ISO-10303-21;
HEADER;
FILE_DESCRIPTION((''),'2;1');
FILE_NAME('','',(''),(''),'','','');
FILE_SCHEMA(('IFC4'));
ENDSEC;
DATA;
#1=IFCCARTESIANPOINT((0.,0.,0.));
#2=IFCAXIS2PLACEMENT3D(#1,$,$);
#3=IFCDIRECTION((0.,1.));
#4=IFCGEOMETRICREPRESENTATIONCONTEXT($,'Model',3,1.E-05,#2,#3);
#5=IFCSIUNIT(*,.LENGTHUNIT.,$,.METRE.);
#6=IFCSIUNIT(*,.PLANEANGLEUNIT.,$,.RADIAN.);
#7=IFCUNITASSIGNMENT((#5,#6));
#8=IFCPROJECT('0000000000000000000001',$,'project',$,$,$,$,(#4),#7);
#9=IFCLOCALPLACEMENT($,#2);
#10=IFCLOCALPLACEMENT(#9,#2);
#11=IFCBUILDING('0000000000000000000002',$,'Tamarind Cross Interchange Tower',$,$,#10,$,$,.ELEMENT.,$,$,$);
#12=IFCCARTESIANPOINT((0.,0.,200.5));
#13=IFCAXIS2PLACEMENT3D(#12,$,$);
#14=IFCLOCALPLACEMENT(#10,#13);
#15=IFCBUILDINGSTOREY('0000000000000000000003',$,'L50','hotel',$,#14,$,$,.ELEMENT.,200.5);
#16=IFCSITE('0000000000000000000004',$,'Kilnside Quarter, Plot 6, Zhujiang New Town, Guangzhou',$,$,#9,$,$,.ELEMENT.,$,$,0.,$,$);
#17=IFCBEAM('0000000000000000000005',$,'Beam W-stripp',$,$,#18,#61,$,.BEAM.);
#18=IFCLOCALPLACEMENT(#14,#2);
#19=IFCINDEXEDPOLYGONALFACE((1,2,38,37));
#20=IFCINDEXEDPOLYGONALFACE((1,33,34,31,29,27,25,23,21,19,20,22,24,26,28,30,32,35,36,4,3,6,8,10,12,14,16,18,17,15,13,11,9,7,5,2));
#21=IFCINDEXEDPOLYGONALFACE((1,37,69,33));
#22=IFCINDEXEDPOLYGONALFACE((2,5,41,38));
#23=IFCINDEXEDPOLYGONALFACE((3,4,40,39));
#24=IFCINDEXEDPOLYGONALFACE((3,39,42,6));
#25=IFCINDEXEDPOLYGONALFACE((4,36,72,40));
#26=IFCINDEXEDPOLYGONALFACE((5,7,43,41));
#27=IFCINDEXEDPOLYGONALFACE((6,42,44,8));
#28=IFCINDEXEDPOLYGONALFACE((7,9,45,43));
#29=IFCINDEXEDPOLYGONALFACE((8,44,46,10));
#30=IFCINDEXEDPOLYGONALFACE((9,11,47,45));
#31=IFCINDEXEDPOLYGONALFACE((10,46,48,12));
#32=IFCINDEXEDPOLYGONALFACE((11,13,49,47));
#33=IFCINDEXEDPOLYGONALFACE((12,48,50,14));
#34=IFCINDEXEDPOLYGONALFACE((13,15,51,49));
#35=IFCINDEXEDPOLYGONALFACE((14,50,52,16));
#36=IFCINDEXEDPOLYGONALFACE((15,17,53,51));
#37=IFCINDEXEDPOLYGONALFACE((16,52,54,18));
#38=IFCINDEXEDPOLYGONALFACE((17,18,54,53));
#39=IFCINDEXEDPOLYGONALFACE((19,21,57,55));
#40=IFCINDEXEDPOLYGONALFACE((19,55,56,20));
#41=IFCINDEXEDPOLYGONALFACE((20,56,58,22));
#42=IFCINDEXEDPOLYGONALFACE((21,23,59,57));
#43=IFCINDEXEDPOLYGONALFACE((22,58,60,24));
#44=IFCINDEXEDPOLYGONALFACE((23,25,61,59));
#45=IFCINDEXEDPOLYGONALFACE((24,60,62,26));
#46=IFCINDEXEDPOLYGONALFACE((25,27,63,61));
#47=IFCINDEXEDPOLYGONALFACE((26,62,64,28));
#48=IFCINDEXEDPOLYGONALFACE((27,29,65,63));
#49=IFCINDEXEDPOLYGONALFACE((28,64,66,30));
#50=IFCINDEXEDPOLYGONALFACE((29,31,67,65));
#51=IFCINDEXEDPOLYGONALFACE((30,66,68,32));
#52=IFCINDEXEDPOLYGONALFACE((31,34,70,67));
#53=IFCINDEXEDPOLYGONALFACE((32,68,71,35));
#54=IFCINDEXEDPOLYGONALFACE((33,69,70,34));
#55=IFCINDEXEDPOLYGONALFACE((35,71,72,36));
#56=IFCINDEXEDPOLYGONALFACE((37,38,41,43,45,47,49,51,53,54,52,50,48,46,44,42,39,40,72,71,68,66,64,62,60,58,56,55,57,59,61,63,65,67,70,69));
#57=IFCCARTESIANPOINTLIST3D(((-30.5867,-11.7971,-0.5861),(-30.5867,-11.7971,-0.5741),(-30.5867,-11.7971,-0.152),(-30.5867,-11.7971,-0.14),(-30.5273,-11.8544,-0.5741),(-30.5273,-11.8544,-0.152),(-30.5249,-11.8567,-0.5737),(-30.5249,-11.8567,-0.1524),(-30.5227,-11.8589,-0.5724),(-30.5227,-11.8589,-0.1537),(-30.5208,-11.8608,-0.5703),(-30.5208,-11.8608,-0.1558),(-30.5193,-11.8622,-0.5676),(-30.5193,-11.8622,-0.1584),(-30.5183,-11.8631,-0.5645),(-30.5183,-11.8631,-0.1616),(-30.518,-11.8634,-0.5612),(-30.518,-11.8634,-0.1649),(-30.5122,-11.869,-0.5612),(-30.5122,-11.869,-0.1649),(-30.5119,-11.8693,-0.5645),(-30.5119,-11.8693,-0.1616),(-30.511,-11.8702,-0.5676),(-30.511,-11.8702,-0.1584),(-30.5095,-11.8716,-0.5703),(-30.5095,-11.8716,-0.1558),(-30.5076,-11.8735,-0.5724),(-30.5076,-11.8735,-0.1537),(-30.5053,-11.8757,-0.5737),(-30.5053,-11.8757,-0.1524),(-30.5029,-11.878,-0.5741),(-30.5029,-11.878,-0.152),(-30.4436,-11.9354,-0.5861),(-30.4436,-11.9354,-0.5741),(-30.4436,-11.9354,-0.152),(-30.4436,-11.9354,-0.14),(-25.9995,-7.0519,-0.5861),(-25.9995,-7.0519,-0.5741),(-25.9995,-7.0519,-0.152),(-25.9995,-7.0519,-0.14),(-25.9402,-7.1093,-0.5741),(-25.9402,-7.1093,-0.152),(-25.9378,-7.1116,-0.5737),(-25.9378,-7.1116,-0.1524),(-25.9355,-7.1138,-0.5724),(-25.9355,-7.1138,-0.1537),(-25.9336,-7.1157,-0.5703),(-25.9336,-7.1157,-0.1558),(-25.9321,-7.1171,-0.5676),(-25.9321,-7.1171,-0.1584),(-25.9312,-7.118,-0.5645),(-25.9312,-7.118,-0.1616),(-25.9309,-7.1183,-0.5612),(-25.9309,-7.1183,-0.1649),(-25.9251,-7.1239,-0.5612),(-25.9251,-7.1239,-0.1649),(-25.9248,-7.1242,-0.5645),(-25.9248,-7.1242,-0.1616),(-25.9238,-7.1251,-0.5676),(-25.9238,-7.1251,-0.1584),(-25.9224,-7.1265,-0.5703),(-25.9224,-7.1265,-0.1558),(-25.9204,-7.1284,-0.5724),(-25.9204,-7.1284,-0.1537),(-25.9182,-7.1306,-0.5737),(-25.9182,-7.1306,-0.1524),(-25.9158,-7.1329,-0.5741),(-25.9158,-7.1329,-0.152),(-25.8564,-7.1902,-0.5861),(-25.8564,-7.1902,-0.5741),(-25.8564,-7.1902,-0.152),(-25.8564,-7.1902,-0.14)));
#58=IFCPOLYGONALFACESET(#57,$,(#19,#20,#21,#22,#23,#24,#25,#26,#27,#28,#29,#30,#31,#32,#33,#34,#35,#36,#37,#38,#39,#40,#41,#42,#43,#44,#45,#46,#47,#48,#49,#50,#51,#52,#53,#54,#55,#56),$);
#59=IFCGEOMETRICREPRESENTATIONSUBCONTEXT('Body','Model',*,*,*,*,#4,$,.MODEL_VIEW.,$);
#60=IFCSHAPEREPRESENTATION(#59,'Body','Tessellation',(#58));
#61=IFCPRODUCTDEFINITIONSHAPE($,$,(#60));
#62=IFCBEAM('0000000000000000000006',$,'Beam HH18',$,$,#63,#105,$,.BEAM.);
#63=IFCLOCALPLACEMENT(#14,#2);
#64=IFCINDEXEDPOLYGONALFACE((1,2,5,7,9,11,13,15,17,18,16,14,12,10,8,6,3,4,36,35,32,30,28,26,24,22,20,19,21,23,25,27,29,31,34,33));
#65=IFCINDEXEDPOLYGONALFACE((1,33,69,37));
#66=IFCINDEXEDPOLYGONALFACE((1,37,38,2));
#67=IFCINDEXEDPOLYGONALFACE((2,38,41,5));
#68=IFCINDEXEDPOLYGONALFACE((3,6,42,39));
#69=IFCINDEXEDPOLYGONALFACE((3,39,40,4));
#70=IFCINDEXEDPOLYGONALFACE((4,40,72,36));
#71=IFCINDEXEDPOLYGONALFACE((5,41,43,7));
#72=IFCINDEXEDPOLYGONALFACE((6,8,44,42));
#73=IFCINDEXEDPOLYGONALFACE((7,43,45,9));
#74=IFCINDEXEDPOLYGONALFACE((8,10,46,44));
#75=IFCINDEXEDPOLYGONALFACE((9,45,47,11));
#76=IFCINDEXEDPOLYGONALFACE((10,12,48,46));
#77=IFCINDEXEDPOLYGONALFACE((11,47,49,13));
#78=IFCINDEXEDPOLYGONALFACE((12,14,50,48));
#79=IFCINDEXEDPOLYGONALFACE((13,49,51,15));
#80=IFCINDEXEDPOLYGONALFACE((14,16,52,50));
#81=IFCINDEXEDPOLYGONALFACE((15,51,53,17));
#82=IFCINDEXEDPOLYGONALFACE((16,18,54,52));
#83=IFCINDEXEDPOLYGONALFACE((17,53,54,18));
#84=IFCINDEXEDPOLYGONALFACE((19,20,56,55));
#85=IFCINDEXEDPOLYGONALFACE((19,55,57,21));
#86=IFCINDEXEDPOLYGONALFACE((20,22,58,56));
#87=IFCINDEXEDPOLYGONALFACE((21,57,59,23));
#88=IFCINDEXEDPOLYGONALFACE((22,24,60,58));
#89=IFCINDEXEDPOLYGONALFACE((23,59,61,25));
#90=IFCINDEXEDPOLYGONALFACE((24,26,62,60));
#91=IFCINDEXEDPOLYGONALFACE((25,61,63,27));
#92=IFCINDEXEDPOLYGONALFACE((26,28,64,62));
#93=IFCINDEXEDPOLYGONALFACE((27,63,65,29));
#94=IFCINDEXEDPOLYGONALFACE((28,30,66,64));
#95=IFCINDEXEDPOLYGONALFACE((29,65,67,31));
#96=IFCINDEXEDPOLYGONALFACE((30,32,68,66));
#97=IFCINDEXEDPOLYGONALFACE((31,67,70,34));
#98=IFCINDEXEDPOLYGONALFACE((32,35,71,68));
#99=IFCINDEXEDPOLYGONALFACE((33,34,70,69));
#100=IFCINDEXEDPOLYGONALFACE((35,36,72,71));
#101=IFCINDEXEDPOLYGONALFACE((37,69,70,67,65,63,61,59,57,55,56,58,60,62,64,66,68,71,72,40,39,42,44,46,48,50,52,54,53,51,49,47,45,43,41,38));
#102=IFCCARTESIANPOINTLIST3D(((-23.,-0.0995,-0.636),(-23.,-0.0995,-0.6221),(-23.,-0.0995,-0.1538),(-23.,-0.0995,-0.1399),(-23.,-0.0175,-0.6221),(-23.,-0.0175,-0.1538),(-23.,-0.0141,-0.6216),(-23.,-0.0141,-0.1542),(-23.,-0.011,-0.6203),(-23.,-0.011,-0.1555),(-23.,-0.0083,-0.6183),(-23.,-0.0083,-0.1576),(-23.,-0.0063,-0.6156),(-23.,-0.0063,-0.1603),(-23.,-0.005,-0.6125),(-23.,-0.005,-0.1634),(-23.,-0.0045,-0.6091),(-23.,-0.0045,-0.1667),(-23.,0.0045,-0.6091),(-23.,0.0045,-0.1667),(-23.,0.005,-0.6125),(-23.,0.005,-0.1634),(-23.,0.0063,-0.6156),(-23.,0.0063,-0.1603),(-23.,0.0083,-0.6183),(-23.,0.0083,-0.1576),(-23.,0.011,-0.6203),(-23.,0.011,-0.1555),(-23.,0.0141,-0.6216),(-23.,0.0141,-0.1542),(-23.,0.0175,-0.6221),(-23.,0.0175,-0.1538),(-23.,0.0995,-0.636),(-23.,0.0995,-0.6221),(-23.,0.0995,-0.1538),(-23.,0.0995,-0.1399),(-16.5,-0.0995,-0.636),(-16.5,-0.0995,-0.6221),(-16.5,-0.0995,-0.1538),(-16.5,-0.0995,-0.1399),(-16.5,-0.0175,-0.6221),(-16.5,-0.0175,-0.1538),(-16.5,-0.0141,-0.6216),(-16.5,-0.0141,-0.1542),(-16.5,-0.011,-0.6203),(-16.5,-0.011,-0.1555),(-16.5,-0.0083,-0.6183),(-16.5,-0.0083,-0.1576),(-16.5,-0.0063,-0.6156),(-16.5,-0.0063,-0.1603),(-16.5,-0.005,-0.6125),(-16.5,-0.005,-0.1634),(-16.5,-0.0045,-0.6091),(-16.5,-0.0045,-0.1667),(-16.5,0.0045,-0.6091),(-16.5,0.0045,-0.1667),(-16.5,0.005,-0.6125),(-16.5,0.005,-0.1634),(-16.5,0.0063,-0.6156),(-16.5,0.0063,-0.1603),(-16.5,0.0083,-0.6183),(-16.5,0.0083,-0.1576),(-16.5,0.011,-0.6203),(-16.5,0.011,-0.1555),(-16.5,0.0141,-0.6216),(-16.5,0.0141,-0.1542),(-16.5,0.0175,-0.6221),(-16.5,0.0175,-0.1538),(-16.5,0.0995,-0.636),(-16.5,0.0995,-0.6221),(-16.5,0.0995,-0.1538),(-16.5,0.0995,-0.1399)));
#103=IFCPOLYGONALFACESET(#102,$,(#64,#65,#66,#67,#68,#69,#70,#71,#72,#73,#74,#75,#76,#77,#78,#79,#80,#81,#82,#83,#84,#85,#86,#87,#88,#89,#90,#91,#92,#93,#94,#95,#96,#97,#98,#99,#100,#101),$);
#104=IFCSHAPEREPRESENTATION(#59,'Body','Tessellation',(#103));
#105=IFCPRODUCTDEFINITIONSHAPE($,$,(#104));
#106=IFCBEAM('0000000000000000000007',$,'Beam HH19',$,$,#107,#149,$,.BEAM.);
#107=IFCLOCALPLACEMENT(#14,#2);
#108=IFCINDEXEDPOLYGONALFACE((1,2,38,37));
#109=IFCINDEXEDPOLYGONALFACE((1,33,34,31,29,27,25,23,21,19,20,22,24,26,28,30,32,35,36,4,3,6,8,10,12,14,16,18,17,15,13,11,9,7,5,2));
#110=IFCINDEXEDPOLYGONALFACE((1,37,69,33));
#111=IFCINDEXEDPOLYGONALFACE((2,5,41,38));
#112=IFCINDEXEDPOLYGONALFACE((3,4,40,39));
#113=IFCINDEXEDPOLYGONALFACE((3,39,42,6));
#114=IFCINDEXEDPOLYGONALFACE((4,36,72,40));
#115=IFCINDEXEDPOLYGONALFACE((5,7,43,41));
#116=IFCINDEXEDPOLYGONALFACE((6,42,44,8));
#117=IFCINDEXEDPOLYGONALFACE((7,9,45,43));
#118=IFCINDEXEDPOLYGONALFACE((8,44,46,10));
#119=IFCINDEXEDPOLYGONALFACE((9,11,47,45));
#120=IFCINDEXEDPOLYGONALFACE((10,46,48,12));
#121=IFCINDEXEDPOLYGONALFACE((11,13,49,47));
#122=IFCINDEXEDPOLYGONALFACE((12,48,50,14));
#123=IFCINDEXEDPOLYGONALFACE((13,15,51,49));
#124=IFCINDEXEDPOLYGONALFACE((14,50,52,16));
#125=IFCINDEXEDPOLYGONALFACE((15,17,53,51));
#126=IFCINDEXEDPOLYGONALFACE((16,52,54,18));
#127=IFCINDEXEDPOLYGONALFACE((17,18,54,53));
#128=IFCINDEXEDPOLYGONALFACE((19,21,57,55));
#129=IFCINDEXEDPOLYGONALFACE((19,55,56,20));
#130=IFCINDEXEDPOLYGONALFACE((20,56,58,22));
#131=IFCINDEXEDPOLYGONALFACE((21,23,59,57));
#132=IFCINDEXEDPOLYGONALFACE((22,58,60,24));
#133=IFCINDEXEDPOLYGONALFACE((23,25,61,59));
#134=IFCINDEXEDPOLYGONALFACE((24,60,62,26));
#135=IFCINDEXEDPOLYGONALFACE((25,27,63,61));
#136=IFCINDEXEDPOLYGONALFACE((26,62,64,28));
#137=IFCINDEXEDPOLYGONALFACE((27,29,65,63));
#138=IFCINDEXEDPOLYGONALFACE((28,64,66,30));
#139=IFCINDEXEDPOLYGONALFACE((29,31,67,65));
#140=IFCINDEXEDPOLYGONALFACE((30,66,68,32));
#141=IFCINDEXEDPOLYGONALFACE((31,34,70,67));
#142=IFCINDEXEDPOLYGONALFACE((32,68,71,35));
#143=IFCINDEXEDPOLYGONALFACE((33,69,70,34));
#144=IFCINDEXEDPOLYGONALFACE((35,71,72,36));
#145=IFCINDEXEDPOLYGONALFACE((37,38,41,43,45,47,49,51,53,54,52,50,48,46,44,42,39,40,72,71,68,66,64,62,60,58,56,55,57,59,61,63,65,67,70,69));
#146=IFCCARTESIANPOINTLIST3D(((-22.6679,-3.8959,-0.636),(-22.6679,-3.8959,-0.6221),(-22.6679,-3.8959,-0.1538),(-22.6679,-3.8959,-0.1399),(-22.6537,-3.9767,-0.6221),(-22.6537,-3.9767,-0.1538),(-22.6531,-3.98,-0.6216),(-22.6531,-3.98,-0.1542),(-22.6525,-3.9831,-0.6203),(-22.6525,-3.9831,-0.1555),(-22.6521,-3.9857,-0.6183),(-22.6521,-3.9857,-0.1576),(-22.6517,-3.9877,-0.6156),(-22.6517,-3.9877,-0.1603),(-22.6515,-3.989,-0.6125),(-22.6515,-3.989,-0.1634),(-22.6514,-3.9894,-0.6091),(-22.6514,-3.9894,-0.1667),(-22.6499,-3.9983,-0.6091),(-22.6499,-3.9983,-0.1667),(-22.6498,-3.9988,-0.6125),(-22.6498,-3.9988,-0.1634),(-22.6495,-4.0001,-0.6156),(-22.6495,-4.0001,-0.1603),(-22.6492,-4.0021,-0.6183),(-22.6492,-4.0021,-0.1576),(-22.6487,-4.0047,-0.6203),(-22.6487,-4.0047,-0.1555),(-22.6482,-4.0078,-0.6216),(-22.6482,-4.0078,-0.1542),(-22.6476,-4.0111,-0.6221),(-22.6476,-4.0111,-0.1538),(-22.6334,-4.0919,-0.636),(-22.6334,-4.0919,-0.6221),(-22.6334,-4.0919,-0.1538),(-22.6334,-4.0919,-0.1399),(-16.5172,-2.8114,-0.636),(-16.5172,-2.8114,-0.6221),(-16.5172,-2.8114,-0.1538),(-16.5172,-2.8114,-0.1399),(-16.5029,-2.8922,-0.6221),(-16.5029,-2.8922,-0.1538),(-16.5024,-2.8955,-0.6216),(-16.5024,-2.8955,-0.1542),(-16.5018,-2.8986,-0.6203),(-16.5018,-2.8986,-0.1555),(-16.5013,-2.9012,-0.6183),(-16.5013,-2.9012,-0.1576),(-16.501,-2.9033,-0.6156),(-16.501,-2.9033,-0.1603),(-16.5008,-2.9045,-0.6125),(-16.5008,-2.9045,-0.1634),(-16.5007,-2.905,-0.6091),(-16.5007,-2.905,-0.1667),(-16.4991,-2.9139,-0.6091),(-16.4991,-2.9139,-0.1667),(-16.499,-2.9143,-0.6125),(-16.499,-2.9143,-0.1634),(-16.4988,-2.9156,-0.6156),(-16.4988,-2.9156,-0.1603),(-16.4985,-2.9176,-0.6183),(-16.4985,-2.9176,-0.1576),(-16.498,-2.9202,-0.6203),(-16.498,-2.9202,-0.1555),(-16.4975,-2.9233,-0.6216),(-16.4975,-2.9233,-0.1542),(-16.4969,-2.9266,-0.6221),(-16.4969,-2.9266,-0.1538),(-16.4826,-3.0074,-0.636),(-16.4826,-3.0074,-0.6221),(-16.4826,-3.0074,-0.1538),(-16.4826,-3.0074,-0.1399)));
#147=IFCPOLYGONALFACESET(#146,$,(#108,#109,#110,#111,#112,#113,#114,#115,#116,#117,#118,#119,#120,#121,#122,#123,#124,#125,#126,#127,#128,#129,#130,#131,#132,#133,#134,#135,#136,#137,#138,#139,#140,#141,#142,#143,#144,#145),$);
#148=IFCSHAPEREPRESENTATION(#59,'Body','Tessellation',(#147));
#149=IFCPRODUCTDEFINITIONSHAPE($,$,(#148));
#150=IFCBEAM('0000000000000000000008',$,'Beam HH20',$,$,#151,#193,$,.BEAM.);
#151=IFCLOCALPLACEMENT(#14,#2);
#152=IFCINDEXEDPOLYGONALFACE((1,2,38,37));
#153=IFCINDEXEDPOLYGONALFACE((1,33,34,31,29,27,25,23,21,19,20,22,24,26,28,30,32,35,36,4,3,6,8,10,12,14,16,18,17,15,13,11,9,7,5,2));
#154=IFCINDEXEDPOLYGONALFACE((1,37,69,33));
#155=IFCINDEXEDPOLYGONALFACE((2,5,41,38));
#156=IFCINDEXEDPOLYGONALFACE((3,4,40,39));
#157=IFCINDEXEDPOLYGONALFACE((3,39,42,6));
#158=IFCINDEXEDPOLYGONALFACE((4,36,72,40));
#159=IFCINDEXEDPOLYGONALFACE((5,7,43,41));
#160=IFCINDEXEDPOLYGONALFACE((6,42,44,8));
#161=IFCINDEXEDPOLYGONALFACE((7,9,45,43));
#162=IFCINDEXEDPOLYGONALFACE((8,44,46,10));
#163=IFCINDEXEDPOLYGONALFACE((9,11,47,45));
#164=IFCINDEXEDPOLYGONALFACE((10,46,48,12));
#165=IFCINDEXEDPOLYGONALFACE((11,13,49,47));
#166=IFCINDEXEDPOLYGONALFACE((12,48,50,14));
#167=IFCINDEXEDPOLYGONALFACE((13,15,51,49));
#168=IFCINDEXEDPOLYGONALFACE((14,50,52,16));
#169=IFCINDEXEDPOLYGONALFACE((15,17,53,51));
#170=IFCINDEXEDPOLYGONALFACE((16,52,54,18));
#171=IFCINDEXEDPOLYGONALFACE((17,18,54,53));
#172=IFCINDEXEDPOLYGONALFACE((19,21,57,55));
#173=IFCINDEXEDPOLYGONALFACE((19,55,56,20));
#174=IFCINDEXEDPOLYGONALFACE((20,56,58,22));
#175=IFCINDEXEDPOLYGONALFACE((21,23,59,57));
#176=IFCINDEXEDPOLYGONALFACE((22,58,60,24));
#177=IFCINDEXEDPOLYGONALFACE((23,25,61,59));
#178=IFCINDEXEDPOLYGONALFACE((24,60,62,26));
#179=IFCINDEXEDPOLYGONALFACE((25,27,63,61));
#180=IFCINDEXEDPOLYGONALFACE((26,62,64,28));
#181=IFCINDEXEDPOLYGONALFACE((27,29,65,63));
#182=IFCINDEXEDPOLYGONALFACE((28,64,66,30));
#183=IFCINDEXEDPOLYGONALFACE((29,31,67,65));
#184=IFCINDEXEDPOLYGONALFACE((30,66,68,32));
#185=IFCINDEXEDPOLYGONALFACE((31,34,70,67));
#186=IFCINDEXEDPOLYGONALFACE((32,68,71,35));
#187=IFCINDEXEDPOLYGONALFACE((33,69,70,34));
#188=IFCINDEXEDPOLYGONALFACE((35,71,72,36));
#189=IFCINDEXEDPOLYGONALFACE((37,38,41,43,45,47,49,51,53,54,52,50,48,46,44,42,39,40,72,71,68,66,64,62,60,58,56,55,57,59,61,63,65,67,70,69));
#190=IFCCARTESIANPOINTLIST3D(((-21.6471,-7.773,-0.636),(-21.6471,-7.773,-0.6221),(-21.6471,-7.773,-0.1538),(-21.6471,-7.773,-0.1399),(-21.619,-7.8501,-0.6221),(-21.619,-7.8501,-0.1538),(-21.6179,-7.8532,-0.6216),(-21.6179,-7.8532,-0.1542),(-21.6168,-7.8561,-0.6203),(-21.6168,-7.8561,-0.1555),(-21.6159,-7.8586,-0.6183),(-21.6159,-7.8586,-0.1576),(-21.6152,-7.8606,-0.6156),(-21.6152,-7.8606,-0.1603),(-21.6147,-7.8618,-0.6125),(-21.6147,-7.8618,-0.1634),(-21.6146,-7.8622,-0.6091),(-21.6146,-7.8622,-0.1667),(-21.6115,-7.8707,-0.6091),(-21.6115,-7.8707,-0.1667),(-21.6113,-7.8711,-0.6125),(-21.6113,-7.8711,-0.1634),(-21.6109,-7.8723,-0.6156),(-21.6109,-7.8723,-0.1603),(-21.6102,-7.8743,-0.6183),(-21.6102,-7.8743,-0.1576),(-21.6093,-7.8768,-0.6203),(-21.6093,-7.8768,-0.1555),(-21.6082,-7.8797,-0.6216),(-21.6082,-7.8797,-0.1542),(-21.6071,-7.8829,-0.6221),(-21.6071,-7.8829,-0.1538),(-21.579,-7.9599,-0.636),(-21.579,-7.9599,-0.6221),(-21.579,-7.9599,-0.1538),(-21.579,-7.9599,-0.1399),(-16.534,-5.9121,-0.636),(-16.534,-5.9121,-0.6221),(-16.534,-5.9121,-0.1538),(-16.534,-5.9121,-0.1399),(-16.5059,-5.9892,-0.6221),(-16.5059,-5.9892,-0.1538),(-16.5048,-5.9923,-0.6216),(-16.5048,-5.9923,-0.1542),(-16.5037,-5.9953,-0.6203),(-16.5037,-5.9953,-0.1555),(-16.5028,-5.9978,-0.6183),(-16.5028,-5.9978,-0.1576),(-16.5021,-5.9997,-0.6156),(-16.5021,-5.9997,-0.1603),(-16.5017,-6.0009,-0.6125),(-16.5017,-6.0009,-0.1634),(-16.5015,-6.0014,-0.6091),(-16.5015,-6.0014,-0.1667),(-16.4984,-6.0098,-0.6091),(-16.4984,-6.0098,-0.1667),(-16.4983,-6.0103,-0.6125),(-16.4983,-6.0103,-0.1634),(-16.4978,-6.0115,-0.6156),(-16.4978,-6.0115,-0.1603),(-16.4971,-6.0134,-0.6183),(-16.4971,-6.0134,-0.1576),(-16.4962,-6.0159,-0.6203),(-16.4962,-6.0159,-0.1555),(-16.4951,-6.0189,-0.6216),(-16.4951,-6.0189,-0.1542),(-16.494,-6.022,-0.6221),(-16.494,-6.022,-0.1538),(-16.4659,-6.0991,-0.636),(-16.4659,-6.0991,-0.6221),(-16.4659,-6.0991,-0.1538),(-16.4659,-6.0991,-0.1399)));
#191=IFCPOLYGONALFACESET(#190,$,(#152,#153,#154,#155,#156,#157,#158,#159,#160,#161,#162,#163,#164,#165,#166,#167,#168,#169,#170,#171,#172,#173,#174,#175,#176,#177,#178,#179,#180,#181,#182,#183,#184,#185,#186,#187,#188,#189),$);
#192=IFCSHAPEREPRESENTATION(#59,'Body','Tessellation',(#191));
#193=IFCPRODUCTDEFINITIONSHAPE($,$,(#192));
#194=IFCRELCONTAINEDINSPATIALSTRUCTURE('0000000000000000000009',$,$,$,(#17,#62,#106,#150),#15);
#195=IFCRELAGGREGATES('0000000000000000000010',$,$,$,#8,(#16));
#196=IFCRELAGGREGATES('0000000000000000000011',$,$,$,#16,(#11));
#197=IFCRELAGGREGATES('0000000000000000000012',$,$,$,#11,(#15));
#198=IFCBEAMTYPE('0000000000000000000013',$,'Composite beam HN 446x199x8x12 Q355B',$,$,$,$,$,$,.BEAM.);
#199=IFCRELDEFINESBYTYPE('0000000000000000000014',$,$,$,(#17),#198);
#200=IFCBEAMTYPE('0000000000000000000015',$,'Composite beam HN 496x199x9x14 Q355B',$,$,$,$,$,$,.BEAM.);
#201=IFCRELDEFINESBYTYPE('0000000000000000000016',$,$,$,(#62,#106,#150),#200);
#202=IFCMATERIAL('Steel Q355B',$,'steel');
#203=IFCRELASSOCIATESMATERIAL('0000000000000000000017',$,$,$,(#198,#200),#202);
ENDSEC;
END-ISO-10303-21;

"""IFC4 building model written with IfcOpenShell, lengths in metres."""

from ifc_helpers import new_model, si_unit, direction, frame, origin, origin_2d, place, context, subcontext, project, spatial, i_section, extrude, material, material_profile, profile_set, type_object, element, save


model = new_model("IFC4")

# Units and contexts
model_context = context("Model", 3, precision=1e-05, world=origin(), true_north=direction((0.0, 1.0)))
body_context = subcontext(model_context, "Body", "Model", "MODEL_VIEW")
ifc_project = project(units=[si_unit("LENGTHUNIT", "METRE"), si_unit("PLANEANGLEUNIT", "RADIAN")], contexts=[model_context])

# Site, building, storey
site_placement = place(None, origin())
site = spatial("IfcSite", under=ifc_project, at=site_placement, Name="Kilnside Quarter, Plot 6, Zhujiang New Town, Guangzhou", CompositionType="ELEMENT", RefElevation=0.0)
building_placement = place(site_placement, origin())
building = spatial("IfcBuilding", under=site, at=building_placement, Name="Tamarind Cross Interchange Tower", CompositionType="ELEMENT")
storey_placement = place(building_placement, frame((0.0, 0.0, 200.5)))
storey = spatial("IfcBuildingStorey", under=building, at=storey_placement, Name="L50", Description="hotel", CompositionType="ELEMENT", Elevation=200.5)

# Beams
ifc_material_1 = material(Name="Steel Q355B", Category="steel")
ifc_material_profile_1 = material_profile(ifc_material_1, i_section(OverallWidth=0.199, OverallDepth=0.446, WebThickness=0.0081, FlangeThickness=0.012, FilletRadius=0.0129, at=origin_2d()), Name="HN 446x199x8x12")
ifc_profile_set_1 = profile_set([ifc_material_profile_1], Name="Steel Q355B")
beam_type_1 = type_object("IfcBeamType", Name="Composite beam HN 446x199x8x12 Q355B", PredefinedType="BEAM", material=ifc_profile_set_1)
beam_1_placement = place(storey_placement, frame((-25.928, -7.1211, -0.363), z_axis=(-0.695039, -0.718972, 0.0), x_axis=(0.718972, -0.695039, 0.0)))
element("IfcBeam", 1, at=beam_1_placement, inside=storey, type_object=beam_type_1, Name="Beam W-stripp", PredefinedType="BEAM", context=body_context, shape_type="SweptSolid", body=[
    extrude(i_section(OverallWidth=0.199, OverallDepth=0.446, WebThickness=0.0081, FlangeThickness=0.012, FilletRadius=0.0129, at=origin_2d()), origin(), (0.0, 0.0, 1.0), 6.5999),
])
ifc_material_profile_2 = material_profile(ifc_material_1, i_section(OverallWidth=0.199, OverallDepth=0.4961, WebThickness=0.009, FlangeThickness=0.0139, FilletRadius=0.0129, at=origin_2d()), Name="HN 496x199x9x14")
ifc_profile_set_2 = profile_set([ifc_material_profile_2], Name="Steel Q355B")
beam_type_2 = type_object("IfcBeamType", Name="Composite beam HN 496x199x9x14 Q355B", PredefinedType="BEAM", material=ifc_profile_set_2)
beam_2_placement = place(storey_placement, frame((-23.0, 0.0, -0.3879), z_axis=(1.0, 0.0, 0.0), x_axis=(0.0, 1.0, 0.0)))
element("IfcBeam", 2, at=beam_2_placement, inside=storey, type_object=beam_type_2, Name="Beam HH18", PredefinedType="BEAM", context=body_context, shape_type="SweptSolid", body=[
    extrude(i_section(OverallWidth=0.199, OverallDepth=0.4961, WebThickness=0.009, FlangeThickness=0.0139, FilletRadius=0.0129, at=origin_2d()), origin(), (0.0, 0.0, 1.0), 6.5),
])
beam_3_placement = place(storey_placement, frame((-22.6506, -3.9939, -0.3879), z_axis=(0.984809, 0.17364, 0.0), x_axis=(-0.17364, 0.984809, 0.0)))
element("IfcBeam", 3, at=beam_3_placement, inside=storey, type_object=beam_type_2, Name="Beam HH19", PredefinedType="BEAM", context=body_context, shape_type="SweptSolid", body=[
    extrude(i_section(OverallWidth=0.199, OverallDepth=0.4961, WebThickness=0.009, FlangeThickness=0.0139, FilletRadius=0.0129, at=origin_2d()), origin(), (0.0, 0.0, 1.0), 6.2456),
])
beam_4_placement = place(storey_placement, frame((-21.613, -7.8665, -0.3879), z_axis=(0.939702, 0.341995, 0.0), x_axis=(-0.341995, 0.939702, 0.0)))
element("IfcBeam", 4, at=beam_4_placement, inside=storey, type_object=beam_type_2, Name="Beam HH20", PredefinedType="BEAM", context=body_context, shape_type="SweptSolid", body=[
    extrude(i_section(OverallWidth=0.199, OverallDepth=0.4961, WebThickness=0.009, FlangeThickness=0.0139, FilletRadius=0.0129, at=origin_2d()), origin(), (0.0, 0.0, 1.0), 5.4412),
])

save(model, "model.ifc")
